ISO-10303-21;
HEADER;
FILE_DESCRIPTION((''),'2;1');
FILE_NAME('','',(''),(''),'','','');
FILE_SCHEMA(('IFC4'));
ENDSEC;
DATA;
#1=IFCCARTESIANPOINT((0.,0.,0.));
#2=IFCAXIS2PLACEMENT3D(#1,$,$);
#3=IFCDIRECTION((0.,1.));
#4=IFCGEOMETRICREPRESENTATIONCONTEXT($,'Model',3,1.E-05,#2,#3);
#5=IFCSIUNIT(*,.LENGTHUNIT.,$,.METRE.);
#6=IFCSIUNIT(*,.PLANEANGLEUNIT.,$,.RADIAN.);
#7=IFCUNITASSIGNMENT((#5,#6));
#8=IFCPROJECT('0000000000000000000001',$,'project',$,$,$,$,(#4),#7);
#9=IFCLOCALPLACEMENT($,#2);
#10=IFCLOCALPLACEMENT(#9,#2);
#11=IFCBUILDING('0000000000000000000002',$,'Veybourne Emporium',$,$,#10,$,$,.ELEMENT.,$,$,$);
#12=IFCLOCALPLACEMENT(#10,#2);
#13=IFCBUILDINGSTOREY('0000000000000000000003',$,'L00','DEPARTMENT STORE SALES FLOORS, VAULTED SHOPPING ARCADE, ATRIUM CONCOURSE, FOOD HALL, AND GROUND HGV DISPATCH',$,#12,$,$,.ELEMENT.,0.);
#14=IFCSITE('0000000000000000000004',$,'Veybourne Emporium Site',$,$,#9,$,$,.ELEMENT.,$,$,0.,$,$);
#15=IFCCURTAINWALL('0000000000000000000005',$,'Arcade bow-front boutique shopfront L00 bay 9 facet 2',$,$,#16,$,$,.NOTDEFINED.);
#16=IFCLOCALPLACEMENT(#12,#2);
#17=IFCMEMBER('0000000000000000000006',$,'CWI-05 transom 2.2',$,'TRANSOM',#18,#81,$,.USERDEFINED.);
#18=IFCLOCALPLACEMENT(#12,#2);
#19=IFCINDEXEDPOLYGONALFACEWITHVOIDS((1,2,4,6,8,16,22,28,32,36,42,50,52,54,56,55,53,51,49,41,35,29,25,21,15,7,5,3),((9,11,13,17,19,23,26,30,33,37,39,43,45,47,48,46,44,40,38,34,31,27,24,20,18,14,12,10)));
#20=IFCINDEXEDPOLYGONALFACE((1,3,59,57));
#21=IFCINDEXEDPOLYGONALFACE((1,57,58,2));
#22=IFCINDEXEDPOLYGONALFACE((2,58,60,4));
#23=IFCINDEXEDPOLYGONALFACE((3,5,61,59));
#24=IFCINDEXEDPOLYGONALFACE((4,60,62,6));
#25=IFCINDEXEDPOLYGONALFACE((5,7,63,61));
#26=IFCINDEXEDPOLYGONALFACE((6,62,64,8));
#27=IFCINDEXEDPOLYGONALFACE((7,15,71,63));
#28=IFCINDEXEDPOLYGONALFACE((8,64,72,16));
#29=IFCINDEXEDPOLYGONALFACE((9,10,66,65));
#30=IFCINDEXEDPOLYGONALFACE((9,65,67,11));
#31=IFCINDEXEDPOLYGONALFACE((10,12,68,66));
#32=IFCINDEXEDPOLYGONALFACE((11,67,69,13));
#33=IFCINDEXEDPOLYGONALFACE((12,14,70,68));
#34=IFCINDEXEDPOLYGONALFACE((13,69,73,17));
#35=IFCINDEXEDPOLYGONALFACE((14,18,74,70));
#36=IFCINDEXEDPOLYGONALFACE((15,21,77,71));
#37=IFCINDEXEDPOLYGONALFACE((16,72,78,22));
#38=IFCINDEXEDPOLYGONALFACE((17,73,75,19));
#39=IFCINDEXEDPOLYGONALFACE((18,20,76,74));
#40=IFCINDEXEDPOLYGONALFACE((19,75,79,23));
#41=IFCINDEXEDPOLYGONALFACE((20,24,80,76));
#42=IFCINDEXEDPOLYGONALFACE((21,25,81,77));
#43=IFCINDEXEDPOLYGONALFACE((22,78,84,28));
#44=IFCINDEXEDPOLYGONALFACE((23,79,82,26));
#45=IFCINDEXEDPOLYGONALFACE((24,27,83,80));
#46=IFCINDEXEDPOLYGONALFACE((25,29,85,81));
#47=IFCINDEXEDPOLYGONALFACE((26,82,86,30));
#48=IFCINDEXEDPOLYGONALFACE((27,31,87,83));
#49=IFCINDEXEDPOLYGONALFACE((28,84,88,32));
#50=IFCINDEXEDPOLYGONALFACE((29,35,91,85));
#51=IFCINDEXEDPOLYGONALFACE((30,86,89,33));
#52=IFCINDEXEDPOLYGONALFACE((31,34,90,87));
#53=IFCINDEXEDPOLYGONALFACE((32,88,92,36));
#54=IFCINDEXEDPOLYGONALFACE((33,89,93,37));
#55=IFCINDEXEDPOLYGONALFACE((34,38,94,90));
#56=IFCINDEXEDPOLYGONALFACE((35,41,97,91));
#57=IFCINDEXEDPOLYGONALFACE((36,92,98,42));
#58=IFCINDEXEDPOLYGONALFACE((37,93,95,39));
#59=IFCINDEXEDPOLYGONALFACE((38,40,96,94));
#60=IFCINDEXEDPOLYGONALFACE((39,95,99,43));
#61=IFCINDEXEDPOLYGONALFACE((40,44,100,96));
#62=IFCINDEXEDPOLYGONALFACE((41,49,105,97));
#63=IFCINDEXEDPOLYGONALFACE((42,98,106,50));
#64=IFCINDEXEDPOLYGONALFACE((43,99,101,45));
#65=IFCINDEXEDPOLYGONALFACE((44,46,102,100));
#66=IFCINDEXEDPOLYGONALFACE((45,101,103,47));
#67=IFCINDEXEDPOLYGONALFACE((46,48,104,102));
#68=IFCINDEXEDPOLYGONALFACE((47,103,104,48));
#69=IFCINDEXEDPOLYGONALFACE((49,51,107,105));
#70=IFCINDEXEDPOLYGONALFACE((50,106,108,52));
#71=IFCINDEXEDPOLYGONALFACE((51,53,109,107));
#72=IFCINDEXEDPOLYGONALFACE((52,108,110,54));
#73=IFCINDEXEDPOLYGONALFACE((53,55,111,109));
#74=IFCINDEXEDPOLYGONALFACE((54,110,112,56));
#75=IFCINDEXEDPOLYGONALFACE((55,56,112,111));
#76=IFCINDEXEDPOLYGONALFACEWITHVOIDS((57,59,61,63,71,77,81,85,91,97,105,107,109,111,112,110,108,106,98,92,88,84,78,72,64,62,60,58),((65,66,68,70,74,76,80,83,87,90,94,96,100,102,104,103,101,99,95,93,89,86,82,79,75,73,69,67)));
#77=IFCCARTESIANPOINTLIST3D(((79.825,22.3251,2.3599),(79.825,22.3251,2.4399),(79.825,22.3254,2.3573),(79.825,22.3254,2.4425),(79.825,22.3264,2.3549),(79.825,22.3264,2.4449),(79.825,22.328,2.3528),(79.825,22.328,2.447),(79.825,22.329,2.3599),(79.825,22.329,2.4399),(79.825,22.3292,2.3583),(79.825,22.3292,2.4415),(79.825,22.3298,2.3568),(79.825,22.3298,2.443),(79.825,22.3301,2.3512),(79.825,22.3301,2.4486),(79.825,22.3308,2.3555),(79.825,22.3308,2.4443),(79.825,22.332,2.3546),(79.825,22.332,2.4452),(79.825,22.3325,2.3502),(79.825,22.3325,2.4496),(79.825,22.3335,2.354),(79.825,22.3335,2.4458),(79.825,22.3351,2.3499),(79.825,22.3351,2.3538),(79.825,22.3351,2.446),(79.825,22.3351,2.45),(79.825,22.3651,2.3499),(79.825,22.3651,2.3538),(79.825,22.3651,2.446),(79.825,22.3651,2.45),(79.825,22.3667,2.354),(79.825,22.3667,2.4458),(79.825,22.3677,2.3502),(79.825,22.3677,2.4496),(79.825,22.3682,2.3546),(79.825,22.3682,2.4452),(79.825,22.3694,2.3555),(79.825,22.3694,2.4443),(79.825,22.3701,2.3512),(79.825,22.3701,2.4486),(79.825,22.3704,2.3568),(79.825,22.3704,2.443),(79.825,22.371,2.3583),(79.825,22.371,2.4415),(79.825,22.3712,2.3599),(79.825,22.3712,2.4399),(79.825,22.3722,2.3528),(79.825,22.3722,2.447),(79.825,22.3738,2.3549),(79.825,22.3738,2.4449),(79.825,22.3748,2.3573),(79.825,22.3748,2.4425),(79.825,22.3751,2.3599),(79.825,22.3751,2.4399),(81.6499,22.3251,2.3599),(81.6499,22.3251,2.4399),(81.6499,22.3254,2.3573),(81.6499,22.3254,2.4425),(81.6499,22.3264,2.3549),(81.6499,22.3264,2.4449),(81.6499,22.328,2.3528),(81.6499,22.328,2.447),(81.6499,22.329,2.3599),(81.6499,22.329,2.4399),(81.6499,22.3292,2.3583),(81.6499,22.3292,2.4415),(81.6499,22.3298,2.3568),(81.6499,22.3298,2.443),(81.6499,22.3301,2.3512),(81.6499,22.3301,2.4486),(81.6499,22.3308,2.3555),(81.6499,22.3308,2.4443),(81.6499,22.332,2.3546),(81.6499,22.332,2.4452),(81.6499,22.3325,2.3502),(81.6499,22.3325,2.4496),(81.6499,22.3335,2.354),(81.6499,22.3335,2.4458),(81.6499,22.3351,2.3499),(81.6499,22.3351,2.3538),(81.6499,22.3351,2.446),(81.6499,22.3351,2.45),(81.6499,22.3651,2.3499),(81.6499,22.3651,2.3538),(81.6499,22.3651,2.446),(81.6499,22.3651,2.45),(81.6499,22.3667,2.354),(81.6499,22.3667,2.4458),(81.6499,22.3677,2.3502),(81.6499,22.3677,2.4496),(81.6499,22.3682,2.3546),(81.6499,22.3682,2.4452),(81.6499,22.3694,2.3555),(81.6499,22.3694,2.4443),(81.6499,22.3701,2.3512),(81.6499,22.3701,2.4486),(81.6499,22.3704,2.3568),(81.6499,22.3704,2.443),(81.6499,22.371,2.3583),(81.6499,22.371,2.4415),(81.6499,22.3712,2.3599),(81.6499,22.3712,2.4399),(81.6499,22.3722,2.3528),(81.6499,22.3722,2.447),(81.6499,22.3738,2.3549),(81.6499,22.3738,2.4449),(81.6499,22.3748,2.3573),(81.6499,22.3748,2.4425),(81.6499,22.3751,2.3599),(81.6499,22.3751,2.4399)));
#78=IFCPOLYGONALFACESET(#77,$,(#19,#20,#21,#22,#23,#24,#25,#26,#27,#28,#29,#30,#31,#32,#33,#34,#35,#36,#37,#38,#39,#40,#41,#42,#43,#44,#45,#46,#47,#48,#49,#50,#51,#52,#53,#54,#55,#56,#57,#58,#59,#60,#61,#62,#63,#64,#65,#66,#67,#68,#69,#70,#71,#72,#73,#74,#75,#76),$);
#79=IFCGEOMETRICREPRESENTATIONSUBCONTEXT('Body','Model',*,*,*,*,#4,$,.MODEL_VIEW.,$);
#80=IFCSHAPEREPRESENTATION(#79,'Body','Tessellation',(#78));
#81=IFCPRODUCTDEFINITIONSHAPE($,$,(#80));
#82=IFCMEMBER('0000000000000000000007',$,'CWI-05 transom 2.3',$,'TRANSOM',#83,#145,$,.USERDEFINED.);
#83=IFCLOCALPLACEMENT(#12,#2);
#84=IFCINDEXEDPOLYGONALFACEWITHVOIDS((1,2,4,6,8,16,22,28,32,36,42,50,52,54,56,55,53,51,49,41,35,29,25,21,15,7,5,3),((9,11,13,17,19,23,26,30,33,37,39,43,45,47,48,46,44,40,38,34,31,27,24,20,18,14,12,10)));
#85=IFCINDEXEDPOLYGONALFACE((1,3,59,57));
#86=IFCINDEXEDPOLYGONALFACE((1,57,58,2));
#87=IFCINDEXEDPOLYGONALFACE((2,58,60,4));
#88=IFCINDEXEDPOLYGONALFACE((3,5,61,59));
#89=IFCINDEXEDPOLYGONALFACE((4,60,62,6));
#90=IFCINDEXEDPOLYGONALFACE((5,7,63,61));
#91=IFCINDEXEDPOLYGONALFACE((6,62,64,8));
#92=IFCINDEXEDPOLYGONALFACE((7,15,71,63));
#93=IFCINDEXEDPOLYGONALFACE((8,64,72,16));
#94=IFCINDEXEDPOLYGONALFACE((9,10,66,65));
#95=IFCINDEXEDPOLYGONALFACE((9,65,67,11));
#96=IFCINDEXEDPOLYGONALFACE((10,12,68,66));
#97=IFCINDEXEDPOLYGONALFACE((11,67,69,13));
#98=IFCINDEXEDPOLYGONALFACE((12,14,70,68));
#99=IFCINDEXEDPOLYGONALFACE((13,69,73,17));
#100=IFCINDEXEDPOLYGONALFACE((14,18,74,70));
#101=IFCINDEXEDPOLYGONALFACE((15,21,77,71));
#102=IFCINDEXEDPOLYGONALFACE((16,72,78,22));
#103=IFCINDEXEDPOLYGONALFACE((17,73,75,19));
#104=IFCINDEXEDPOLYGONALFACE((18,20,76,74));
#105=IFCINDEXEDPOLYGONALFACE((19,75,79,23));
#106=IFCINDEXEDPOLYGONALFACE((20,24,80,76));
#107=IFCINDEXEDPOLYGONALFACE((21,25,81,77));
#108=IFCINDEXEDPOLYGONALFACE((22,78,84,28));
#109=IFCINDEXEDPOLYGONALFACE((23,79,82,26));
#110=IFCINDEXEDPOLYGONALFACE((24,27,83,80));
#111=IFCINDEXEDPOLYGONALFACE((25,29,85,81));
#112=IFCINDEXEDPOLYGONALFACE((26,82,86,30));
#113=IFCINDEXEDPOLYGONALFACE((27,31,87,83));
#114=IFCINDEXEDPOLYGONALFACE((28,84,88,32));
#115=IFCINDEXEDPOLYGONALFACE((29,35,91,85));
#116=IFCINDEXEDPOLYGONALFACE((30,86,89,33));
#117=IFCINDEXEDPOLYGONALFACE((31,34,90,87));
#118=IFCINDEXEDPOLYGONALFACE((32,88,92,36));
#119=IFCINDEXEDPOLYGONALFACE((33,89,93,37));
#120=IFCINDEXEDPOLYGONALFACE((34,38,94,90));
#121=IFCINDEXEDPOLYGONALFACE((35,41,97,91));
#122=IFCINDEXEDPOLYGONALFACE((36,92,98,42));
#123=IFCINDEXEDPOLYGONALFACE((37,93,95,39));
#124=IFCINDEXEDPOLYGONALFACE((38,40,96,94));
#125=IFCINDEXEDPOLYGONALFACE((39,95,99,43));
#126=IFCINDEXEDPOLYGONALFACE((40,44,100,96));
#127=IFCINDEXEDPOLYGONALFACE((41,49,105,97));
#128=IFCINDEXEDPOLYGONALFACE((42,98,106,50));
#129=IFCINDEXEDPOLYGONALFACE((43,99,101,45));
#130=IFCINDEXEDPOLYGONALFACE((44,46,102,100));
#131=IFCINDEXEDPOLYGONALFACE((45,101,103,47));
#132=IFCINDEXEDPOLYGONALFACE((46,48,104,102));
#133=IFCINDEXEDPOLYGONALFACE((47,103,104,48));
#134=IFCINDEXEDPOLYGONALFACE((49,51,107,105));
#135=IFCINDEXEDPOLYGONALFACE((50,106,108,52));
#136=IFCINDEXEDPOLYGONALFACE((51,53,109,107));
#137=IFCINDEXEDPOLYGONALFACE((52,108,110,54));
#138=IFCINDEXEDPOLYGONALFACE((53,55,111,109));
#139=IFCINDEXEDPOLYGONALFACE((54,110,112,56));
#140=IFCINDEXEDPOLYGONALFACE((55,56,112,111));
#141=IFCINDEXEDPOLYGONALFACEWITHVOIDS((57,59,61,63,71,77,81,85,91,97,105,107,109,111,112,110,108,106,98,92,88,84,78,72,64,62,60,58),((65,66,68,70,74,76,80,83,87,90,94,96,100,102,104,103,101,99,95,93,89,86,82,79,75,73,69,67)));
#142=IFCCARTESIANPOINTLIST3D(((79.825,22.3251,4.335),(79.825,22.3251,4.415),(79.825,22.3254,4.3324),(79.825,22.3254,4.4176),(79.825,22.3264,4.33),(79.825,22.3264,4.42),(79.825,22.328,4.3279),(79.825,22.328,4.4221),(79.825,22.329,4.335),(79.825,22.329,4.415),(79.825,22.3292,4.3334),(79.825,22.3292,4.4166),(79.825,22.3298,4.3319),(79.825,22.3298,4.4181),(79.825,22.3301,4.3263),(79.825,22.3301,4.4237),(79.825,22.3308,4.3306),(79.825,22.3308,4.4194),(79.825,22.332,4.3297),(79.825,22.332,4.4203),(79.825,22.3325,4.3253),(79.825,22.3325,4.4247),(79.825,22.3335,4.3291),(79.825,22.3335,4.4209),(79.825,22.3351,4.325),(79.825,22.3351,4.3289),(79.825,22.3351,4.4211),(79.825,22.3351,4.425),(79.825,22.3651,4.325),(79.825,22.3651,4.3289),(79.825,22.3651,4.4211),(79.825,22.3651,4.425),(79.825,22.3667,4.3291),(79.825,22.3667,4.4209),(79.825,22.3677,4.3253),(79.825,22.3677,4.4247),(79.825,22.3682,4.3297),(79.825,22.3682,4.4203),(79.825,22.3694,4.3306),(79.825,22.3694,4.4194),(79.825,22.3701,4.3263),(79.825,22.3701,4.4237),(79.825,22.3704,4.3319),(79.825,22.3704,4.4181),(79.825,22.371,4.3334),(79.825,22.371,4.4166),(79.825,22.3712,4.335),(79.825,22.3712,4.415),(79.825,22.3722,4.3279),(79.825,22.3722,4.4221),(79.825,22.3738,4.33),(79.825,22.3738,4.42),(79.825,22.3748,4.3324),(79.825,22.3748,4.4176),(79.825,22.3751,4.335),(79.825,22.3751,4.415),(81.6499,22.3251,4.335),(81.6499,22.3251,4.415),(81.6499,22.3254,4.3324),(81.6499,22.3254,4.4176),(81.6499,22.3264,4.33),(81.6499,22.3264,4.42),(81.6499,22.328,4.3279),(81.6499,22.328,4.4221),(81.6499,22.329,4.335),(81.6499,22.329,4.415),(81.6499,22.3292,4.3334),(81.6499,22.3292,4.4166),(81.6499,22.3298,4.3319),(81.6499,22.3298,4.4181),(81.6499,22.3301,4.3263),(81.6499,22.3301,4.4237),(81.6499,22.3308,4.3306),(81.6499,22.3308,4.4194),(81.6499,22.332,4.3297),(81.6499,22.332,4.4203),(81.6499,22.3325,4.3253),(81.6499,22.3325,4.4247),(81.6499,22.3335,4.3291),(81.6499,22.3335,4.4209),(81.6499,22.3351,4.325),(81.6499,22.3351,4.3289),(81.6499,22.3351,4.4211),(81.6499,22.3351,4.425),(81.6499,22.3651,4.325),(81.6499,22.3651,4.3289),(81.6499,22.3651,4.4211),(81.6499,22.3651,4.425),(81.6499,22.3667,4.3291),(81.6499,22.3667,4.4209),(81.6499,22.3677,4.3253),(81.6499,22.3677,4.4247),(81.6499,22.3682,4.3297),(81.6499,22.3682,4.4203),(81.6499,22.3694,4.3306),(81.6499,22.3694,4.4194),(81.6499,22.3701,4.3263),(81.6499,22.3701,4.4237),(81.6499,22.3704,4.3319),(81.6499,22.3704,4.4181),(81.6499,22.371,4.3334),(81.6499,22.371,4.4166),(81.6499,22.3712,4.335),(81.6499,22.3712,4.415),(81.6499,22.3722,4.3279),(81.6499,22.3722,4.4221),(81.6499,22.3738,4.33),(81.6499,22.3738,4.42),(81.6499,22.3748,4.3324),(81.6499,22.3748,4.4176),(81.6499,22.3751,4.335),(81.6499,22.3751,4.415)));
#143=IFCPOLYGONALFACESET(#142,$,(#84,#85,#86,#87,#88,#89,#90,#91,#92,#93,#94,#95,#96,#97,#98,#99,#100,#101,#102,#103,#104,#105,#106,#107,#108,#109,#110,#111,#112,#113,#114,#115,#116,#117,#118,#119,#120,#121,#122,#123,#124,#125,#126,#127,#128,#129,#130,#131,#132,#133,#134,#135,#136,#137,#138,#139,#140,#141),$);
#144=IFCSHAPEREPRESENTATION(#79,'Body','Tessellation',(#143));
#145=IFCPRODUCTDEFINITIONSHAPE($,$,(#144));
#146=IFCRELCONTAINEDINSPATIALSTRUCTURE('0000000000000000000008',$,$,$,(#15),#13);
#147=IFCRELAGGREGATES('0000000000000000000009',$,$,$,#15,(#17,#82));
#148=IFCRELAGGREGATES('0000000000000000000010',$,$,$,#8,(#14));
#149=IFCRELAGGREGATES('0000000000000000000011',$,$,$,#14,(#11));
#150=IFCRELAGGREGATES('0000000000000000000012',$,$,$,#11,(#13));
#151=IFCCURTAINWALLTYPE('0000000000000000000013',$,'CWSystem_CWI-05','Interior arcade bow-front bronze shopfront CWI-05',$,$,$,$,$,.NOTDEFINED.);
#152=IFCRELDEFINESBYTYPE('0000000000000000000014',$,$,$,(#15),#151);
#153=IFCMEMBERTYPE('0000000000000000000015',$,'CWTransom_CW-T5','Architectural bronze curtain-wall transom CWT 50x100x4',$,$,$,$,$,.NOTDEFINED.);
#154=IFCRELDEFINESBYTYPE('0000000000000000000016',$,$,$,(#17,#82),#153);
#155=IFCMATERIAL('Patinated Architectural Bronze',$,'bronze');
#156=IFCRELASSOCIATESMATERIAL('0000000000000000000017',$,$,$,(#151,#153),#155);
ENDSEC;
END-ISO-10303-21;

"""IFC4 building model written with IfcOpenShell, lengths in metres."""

from ifc_helpers import new_model, si_unit, direction, frame, origin, origin_2d, place, context, subcontext, project, spatial, hollow_rectangle, extrude, material, material_profile, profile_set, type_object, element, aggregate, save


model = new_model("IFC4")

# Units and contexts
model_context = context("Model", 3, precision=1e-05, world=origin(), true_north=direction((0.0, 1.0)))
body_context = subcontext(model_context, "Body", "Model", "MODEL_VIEW")
ifc_project = project(units=[si_unit("LENGTHUNIT", "METRE"), si_unit("PLANEANGLEUNIT", "RADIAN")], contexts=[model_context])

# Site, building, storey
site_placement = place(None, origin())
site = spatial("IfcSite", under=ifc_project, at=site_placement, Name="Veybourne Emporium Site", CompositionType="ELEMENT", RefElevation=0.0)
building_placement = place(site_placement, origin())
building = spatial("IfcBuilding", under=site, at=building_placement, Name="Veybourne Emporium", CompositionType="ELEMENT")
storey_placement = place(building_placement, origin())
storey = spatial("IfcBuildingStorey", under=building, at=storey_placement, Name="L00", Description="DEPARTMENT STORE SALES FLOORS, VAULTED SHOPPING ARCADE, ATRIUM CONCOURSE, FOOD HALL, AND GROUND HGV DISPATCH", CompositionType="ELEMENT", Elevation=0.0)

# Curtain wall
ifc_material_1 = material(Name="Patinated Architectural Bronze", Category="bronze")
curtain_wall_type_1 = type_object("IfcCurtainWallType", Name="CWSystem_CWI-05", Description="Interior arcade bow-front bronze shopfront CWI-05", PredefinedType="NOTDEFINED", material=ifc_material_1)
curtain_wall_1_placement = place(storey_placement, origin())
curtain_wall_1 = element("IfcCurtainWall", 1, at=curtain_wall_1_placement, inside=storey, type_object=curtain_wall_type_1, Name="Arcade bow-front boutique shopfront L00 bay 9 facet 2", PredefinedType="NOTDEFINED")

# Members
ifc_material_profile_1 = material_profile(ifc_material_1, hollow_rectangle(XDim=0.05, YDim=0.1001, WallThickness=0.0039, InnerFilletRadius=0.0061, OuterFilletRadius=0.01, at=origin_2d()), Name="CWT 50x100x4")
ifc_profile_set_1 = profile_set([ifc_material_profile_1], Name="Patinated Architectural Bronze")
member_type_1 = type_object("IfcMemberType", Name="CWTransom_CW-T5", Description="Architectural bronze curtain-wall transom CWT 50x100x4", PredefinedType="NOTDEFINED", material=ifc_profile_set_1)
member_1_placement = place(storey_placement, frame((79.825, 22.3501, 2.3999), z_axis=(1.0, 0.0, 0.0), x_axis=(0.0, 1.0, 0.0)))
member_1 = element("IfcMember", 2, at=member_1_placement, type_object=member_type_1, Name="CWI-05 transom 2.2", ObjectType="TRANSOM", PredefinedType="USERDEFINED", context=body_context, shape_type="SweptSolid", body=[
    extrude(hollow_rectangle(XDim=0.05, YDim=0.1001, WallThickness=0.0039, InnerFilletRadius=0.0061, OuterFilletRadius=0.01, at=origin_2d()), origin(), (0.0, 0.0, 1.0), 1.825),
])
member_2_placement = place(storey_placement, frame((79.825, 22.3501, 4.375), z_axis=(1.0, 0.0, 0.0), x_axis=(0.0, 1.0, 0.0)))
member_2 = element("IfcMember", 3, at=member_2_placement, type_object=member_type_1, Name="CWI-05 transom 2.3", ObjectType="TRANSOM", PredefinedType="USERDEFINED", context=body_context, shape_type="SweptSolid", body=[
    extrude(hollow_rectangle(XDim=0.05, YDim=0.1001, WallThickness=0.0039, InnerFilletRadius=0.0061, OuterFilletRadius=0.01, at=origin_2d()), origin(), (0.0, 0.0, 1.0), 1.825),
])

aggregate(curtain_wall_1, [member_1, member_2])

save(model, "model.ifc")
